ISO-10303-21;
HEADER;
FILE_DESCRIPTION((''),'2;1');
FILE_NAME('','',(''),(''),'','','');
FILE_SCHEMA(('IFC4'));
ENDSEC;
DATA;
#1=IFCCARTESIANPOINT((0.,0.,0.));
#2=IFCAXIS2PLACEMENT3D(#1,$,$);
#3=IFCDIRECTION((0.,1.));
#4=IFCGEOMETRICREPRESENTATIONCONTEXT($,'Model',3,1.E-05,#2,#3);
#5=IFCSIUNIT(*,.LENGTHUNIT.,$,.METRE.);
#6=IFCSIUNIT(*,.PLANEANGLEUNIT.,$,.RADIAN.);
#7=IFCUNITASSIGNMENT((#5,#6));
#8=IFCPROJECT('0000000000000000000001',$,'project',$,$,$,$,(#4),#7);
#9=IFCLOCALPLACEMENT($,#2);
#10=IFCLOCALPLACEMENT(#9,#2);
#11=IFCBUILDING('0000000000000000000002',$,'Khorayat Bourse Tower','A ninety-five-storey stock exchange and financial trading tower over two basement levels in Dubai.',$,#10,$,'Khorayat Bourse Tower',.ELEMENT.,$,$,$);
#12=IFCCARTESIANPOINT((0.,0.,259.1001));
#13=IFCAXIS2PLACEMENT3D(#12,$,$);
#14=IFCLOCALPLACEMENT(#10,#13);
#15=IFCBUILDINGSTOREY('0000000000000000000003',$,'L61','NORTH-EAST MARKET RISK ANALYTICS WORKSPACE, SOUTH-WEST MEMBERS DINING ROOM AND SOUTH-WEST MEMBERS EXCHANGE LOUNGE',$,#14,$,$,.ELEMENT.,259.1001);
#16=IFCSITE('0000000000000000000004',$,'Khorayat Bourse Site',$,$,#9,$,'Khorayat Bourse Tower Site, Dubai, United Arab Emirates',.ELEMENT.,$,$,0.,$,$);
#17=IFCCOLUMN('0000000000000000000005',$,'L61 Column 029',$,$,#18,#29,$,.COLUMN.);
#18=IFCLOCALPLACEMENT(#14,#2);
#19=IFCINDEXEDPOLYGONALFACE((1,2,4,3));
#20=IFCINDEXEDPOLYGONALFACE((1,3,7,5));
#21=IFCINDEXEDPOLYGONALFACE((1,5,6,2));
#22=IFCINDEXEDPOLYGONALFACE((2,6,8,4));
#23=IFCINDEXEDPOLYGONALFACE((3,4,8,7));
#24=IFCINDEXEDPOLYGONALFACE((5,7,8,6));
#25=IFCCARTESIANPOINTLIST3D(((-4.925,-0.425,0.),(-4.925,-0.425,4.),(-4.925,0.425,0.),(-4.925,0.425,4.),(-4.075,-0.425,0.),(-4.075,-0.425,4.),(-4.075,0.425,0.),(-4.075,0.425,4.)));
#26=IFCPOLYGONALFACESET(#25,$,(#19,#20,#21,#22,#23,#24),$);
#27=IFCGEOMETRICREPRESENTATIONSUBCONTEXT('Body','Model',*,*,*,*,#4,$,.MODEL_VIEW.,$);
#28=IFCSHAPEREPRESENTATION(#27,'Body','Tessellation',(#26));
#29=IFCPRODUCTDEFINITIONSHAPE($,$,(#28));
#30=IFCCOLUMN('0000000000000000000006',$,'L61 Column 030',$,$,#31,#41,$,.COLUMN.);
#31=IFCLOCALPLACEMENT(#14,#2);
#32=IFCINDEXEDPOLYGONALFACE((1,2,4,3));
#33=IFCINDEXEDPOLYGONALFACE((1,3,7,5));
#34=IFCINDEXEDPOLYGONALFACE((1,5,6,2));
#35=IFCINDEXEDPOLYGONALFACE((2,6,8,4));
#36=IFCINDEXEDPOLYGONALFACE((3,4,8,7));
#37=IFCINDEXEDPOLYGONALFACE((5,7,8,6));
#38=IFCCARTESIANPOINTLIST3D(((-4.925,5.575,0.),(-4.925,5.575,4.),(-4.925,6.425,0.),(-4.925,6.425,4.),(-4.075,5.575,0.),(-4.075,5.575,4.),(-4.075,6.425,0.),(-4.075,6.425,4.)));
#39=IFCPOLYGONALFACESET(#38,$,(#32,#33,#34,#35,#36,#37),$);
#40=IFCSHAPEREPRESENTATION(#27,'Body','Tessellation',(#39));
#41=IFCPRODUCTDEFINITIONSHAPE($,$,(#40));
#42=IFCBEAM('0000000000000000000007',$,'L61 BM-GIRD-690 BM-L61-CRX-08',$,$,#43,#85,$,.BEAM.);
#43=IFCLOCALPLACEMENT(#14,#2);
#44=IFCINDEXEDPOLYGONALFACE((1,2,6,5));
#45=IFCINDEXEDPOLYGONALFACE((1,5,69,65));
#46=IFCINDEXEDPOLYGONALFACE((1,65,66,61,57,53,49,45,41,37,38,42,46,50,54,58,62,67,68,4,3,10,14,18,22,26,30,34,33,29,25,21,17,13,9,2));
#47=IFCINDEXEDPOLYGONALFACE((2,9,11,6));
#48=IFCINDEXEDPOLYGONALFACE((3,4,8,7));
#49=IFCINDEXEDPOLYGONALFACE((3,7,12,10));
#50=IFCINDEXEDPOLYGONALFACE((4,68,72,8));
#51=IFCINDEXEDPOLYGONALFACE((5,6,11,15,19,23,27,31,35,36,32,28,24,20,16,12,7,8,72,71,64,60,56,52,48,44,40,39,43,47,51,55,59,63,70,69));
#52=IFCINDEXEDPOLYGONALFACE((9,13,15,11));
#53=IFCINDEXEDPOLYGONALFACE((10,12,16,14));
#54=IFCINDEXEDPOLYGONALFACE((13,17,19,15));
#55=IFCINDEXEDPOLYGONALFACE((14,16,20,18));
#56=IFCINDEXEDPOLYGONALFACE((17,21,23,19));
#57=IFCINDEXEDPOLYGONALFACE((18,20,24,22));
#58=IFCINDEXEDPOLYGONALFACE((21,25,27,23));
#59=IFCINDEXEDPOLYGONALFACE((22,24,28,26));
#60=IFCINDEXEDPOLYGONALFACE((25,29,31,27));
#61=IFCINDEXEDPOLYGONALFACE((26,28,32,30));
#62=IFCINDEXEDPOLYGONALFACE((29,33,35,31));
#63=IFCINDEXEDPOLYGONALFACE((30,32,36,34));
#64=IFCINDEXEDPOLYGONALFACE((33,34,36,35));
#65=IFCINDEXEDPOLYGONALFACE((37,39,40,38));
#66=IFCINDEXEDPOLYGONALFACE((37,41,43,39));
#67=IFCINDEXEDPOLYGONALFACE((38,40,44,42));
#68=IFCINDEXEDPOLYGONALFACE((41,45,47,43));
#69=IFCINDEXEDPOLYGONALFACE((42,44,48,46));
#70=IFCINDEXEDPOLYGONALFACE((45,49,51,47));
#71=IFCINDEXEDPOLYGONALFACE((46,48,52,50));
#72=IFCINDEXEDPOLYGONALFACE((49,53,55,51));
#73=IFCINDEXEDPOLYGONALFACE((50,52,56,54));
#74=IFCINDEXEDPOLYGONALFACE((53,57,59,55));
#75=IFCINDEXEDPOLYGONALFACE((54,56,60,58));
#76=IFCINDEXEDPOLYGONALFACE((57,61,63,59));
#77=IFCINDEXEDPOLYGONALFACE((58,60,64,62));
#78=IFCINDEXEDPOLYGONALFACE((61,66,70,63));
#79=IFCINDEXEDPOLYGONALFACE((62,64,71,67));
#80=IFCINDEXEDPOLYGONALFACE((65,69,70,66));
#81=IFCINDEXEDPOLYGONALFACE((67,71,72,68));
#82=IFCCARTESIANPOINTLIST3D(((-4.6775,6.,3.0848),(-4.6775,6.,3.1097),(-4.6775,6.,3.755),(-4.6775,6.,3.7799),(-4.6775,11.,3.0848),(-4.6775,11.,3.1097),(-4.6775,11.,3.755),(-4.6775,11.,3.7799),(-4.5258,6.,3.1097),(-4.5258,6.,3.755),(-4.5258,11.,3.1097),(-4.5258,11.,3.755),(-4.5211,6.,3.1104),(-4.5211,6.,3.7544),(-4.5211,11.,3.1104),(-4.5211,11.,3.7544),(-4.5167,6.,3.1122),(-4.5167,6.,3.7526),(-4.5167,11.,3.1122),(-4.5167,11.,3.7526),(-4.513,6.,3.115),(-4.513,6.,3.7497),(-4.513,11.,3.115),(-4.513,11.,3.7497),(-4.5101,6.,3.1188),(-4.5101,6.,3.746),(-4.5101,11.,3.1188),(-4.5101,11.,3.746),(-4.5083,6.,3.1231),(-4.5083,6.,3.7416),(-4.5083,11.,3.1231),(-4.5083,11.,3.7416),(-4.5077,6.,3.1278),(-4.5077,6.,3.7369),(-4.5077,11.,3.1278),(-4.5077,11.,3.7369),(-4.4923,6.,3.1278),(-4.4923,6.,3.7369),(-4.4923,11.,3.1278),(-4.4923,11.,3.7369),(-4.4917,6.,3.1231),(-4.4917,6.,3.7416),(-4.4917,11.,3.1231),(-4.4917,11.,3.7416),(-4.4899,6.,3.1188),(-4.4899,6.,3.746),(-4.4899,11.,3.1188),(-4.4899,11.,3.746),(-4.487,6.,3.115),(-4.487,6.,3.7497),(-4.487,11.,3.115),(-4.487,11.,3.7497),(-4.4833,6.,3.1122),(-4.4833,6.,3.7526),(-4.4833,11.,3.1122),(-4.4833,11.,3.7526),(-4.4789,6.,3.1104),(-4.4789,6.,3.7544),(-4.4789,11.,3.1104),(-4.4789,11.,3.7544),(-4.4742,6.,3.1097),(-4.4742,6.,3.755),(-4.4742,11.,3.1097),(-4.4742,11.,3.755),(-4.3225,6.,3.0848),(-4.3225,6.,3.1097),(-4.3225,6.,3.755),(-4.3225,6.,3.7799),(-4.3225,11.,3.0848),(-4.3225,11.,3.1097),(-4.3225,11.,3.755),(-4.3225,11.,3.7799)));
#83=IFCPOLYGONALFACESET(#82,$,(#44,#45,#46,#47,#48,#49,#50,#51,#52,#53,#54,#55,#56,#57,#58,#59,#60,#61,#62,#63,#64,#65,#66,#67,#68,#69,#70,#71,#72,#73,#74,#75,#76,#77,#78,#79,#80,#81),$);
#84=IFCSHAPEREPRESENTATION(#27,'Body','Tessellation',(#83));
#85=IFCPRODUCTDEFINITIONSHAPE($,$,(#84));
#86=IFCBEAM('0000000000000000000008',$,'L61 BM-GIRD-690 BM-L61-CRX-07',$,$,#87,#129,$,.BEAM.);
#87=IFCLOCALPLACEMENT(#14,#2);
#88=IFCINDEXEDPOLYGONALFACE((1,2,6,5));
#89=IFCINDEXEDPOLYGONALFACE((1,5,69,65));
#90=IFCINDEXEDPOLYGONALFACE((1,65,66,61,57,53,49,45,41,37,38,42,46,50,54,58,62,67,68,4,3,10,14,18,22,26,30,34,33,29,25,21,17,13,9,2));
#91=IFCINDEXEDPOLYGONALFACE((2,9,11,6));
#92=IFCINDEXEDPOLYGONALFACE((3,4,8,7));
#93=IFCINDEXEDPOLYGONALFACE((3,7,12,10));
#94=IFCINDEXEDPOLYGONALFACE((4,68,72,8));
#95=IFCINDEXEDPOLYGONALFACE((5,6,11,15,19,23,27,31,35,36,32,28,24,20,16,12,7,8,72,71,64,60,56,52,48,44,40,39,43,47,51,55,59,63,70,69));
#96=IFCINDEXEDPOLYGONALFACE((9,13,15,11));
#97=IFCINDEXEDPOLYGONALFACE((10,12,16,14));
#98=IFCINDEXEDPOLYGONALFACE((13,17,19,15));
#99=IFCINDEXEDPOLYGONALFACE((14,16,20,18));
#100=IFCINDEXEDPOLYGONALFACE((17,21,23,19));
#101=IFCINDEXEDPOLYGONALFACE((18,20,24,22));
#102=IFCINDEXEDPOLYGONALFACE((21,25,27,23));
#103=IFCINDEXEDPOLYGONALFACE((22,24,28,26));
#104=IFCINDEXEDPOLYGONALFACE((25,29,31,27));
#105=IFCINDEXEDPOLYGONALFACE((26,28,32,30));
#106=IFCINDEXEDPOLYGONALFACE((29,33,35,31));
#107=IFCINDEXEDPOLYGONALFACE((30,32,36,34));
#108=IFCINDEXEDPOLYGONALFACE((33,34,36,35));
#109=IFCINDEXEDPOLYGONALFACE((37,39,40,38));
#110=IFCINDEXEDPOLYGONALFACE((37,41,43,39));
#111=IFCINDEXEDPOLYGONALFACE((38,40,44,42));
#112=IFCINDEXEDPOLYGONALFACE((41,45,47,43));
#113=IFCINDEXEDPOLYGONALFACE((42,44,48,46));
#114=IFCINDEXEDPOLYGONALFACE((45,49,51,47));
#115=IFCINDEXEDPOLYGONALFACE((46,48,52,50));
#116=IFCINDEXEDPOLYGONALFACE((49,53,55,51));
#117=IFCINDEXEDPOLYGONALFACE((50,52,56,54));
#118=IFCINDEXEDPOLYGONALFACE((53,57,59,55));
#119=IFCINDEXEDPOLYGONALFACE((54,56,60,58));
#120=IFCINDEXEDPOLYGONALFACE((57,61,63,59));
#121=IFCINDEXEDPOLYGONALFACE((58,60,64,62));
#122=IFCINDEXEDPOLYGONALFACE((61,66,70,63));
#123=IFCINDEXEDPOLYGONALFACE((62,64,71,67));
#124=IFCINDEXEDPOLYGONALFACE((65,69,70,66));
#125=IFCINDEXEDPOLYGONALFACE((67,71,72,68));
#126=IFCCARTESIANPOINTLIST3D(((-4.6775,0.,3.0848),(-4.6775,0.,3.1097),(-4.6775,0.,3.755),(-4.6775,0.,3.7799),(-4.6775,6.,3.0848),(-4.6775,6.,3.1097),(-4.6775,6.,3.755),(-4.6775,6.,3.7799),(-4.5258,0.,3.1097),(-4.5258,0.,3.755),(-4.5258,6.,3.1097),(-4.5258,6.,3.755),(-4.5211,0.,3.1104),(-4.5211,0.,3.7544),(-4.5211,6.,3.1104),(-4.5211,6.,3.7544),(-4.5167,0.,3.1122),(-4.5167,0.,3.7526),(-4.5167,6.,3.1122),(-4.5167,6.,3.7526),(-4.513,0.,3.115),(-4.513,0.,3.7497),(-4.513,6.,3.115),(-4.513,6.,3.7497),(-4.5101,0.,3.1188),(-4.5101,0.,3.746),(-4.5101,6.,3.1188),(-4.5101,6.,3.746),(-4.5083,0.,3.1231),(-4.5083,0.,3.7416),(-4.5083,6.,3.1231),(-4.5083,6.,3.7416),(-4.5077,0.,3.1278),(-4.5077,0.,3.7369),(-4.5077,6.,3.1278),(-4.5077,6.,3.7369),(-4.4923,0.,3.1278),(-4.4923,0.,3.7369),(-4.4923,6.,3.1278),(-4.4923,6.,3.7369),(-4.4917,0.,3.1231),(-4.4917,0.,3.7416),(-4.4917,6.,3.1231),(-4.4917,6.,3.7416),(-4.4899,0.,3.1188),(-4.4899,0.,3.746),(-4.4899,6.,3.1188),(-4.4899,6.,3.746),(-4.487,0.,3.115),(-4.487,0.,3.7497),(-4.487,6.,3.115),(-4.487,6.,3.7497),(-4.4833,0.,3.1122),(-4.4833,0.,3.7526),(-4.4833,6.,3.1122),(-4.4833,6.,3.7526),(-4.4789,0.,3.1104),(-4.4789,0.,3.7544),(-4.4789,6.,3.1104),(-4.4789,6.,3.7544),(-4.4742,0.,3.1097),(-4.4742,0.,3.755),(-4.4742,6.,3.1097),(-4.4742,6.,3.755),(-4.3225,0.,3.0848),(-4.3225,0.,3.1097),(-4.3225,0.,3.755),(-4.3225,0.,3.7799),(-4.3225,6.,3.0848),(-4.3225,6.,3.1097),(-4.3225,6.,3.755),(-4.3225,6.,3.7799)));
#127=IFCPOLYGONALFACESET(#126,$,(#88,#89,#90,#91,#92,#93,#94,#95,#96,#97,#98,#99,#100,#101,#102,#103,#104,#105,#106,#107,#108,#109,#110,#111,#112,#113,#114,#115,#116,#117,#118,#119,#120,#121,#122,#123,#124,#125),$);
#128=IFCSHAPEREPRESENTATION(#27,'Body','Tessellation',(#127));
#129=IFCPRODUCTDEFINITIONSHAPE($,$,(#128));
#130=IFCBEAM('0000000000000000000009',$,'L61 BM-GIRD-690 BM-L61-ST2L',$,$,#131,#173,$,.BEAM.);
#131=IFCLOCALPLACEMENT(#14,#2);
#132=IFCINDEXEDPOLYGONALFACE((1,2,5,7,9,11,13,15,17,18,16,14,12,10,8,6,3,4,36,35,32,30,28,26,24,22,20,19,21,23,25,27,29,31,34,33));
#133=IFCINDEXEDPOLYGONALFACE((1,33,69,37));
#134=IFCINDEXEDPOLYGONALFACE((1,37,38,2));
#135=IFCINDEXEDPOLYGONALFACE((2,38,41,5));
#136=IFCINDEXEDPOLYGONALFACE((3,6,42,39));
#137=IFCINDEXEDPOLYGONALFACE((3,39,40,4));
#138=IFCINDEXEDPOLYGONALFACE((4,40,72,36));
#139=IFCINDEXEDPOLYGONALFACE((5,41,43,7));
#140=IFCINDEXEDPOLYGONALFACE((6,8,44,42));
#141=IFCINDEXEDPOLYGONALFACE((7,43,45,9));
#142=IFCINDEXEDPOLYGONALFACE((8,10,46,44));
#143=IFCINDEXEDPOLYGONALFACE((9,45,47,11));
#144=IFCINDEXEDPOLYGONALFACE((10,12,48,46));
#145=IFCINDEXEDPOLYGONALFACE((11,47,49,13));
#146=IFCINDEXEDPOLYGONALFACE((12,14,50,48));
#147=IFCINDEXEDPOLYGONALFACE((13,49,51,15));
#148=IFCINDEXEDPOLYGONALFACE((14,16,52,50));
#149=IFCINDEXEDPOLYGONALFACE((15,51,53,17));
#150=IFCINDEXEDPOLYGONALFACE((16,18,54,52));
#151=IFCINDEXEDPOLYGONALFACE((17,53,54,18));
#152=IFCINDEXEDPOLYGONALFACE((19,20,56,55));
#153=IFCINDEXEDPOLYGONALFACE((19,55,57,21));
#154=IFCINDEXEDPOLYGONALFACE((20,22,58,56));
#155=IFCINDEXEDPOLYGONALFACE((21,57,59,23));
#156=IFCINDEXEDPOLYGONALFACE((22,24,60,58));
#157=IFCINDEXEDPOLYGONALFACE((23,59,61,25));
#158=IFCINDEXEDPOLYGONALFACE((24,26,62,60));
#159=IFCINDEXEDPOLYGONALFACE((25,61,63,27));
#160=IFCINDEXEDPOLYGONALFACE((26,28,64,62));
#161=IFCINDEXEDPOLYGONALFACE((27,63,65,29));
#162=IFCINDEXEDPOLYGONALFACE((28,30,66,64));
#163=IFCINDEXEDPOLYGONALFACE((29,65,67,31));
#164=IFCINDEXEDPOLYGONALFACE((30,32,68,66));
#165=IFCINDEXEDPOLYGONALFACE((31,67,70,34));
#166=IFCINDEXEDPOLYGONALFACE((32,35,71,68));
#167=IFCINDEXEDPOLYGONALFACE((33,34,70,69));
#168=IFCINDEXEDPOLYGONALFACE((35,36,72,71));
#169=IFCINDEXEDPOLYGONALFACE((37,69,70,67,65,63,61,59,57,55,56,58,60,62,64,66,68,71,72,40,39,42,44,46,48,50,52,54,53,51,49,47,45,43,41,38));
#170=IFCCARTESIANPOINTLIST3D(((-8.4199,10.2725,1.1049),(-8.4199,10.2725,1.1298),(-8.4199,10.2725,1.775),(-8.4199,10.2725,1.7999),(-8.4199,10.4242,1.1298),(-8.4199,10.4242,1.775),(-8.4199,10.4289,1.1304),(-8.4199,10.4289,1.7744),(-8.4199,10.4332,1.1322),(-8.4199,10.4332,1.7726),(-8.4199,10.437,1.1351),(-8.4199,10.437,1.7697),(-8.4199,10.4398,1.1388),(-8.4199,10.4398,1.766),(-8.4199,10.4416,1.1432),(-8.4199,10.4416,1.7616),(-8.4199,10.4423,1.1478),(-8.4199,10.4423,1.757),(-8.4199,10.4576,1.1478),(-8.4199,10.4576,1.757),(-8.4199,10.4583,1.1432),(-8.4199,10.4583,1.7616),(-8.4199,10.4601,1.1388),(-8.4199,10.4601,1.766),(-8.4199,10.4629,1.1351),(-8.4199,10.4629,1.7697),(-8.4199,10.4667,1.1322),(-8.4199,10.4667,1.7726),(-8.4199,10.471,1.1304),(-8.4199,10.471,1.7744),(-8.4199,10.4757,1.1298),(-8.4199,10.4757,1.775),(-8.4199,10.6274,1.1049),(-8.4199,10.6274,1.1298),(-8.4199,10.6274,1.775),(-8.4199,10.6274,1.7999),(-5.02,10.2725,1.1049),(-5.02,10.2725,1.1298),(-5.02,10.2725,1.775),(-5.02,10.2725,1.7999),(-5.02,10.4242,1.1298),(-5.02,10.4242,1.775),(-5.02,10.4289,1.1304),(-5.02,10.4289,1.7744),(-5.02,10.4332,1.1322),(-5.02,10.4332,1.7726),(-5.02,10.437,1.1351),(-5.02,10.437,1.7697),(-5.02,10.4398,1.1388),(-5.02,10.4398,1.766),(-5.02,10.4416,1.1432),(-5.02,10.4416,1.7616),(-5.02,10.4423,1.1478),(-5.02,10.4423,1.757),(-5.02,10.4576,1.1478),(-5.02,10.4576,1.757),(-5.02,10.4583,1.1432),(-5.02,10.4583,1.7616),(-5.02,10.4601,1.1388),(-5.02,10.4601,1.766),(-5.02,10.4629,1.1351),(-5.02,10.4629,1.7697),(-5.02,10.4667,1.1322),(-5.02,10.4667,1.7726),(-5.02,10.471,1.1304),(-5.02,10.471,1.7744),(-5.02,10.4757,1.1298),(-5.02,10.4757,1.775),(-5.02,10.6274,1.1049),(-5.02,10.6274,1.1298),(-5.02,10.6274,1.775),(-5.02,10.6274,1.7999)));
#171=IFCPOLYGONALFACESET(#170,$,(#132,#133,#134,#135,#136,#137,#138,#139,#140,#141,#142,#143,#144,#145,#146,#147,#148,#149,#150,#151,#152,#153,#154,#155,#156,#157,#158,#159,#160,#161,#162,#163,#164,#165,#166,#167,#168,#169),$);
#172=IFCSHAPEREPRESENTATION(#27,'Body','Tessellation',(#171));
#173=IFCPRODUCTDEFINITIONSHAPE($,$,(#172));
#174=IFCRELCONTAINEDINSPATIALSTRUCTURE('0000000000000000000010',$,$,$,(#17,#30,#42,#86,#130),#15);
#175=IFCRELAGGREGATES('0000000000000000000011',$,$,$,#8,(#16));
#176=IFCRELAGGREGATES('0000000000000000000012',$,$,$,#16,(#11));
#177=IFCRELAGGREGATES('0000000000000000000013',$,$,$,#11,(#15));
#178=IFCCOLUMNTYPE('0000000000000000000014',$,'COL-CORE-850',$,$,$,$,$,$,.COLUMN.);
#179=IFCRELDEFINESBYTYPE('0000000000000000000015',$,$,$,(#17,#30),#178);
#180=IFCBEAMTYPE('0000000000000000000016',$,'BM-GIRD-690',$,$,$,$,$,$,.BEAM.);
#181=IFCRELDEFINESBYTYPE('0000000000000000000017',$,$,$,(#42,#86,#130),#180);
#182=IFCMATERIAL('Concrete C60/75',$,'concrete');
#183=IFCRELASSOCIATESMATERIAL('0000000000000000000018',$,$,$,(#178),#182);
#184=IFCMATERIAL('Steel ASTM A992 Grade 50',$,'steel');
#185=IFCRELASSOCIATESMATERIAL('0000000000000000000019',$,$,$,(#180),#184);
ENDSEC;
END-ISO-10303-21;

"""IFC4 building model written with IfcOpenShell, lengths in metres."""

from ifc_helpers import new_model, si_unit, direction, frame, origin, origin_2d, place, context, subcontext, project, spatial, rectangle, i_section, extrude, source, transform, mapped, material, material_profile, profile_set, type_object, element, save


model = new_model("IFC4")

# Units and contexts
model_context = context("Model", 3, precision=1e-05, world=origin(), true_north=direction((0.0, 1.0)))
body_context = subcontext(model_context, "Body", "Model", "MODEL_VIEW")
ifc_project = project(units=[si_unit("LENGTHUNIT", "METRE"), si_unit("PLANEANGLEUNIT", "RADIAN")], contexts=[model_context])

# Site, building, storey
site_placement = place(None, origin())
site = spatial("IfcSite", under=ifc_project, at=site_placement, Name="Khorayat Bourse Site", LongName="Khorayat Bourse Tower Site, Dubai, United Arab Emirates", CompositionType="ELEMENT", RefElevation=0.0)
building_placement = place(site_placement, origin())
building = spatial("IfcBuilding", under=site, at=building_placement, Name="Khorayat Bourse Tower", Description="A ninety-five-storey stock exchange and financial trading tower over two basement levels in Dubai.", LongName="Khorayat Bourse Tower", CompositionType="ELEMENT")
storey_placement = place(building_placement, frame((0.0, 0.0, 259.1001)))
storey = spatial("IfcBuildingStorey", under=building, at=storey_placement, Name="L61", Description="NORTH-EAST MARKET RISK ANALYTICS WORKSPACE, SOUTH-WEST MEMBERS DINING ROOM AND SOUTH-WEST MEMBERS EXCHANGE LOUNGE", CompositionType="ELEMENT", Elevation=259.1001)

# Columns
ifc_material_1 = material(Name="Concrete C60/75", Category="concrete")
ifc_material_profile_1 = material_profile(ifc_material_1, rectangle(XDim=0.8501, YDim=0.8501, at=origin_2d()), Name="RC 850x850")
ifc_profile_set_1 = profile_set([ifc_material_profile_1], Name="Concrete C60/75")
column_type = type_object("IfcColumnType", Name="COL-CORE-850", PredefinedType="COLUMN", material=ifc_profile_set_1)
shared_shape_1 = source(origin(), body_context, "Body", "SweptSolid", [
    extrude(rectangle(XDim=0.8501, YDim=0.8501, at=origin_2d()), origin(), (0.0, 0.0, 1.0), 4.0),
])
for number, where, z_axis, x_axis, name in (
    (1, (-4.5, 0.0, 0.0), (0.0, 0.0, 1.0), (1.0, 0.0, 0.0), "L61 Column 029"),
    (2, (-4.5, 6.0, 0.0), (0.0, 0.0, 1.0), (1.0, 0.0, 0.0), "L61 Column 030"),
):
    element("IfcColumn", number, at=place(storey_placement, frame(where, z_axis=z_axis, x_axis=x_axis)), inside=storey, type_object=column_type, Name=name, PredefinedType="COLUMN", context=body_context, shape_type="MappedRepresentation", body=[
        mapped(shared_shape_1, transform((0.0, 0.0, 0.0), scale=1.0)),
    ])

# Beams
ifc_material_2 = material(Name="Steel ASTM A992 Grade 50", Category="steel")
ifc_material_profile_2 = material_profile(ifc_material_2, i_section(OverallWidth=0.355, OverallDepth=0.6951, WebThickness=0.0154, FlangeThickness=0.0249, FilletRadius=0.0181, at=origin_2d()), Name="W690X217")
ifc_profile_set_2 = profile_set([ifc_material_profile_2], Name="Steel ASTM A992 Grade 50")
beam_type_1 = type_object("IfcBeamType", Name="BM-GIRD-690", PredefinedType="BEAM", material=ifc_profile_set_2)
shared_shape_2 = source(origin(), body_context, "Body", "SweptSolid", [
    extrude(i_section(OverallWidth=0.355, OverallDepth=0.6951, WebThickness=0.0154, FlangeThickness=0.0249, FilletRadius=0.0181, at=origin_2d()), origin(), (0.0, 0.0, 1.0), 5.0),
])
beam_1_placement = place(storey_placement, frame((-4.5, 6.0, 3.4324), z_axis=(0.0, 1.0, 0.0), x_axis=(-1.0, 0.0, 0.0)))
element("IfcBeam", 3, at=beam_1_placement, inside=storey, type_object=beam_type_1, Name="L61 BM-GIRD-690 BM-L61-CRX-08", PredefinedType="BEAM", context=body_context, shape_type="MappedRepresentation", body=[
    mapped(shared_shape_2, transform((0.0, 0.0, 0.0), scale=1.0)),
])
shared_shape_3 = source(origin(), body_context, "Body", "SweptSolid", [
    extrude(i_section(OverallWidth=0.355, OverallDepth=0.6951, WebThickness=0.0154, FlangeThickness=0.0249, FilletRadius=0.0181, at=origin_2d()), origin(), (0.0, 0.0, 1.0), 6.0),
])
beam_2_placement = place(storey_placement, frame((-4.5, 0.0, 3.4324), z_axis=(0.0, 1.0, 0.0), x_axis=(-1.0, 0.0, 0.0)))
element("IfcBeam", 4, at=beam_2_placement, inside=storey, type_object=beam_type_1, Name="L61 BM-GIRD-690 BM-L61-CRX-07", PredefinedType="BEAM", context=body_context, shape_type="MappedRepresentation", body=[
    mapped(shared_shape_3, transform((0.0, 0.0, 0.0), scale=1.0)),
])
shared_shape_4 = source(origin(), body_context, "Body", "SweptSolid", [
    extrude(i_section(OverallWidth=0.355, OverallDepth=0.6951, WebThickness=0.0154, FlangeThickness=0.0249, FilletRadius=0.0181, at=origin_2d()), origin(), (0.0, 0.0, 1.0), 3.3999),
])
beam_3_placement = place(storey_placement, frame((-8.4199, 10.45, 1.4524), z_axis=(1.0, 0.0, 0.0), x_axis=(0.0, 1.0, 0.0)))
element("IfcBeam", 5, at=beam_3_placement, inside=storey, type_object=beam_type_1, Name="L61 BM-GIRD-690 BM-L61-ST2L", PredefinedType="BEAM", context=body_context, shape_type="MappedRepresentation", body=[
    mapped(shared_shape_4, transform((0.0, 0.0, 0.0), scale=1.0)),
])

save(model, "model.ifc")
